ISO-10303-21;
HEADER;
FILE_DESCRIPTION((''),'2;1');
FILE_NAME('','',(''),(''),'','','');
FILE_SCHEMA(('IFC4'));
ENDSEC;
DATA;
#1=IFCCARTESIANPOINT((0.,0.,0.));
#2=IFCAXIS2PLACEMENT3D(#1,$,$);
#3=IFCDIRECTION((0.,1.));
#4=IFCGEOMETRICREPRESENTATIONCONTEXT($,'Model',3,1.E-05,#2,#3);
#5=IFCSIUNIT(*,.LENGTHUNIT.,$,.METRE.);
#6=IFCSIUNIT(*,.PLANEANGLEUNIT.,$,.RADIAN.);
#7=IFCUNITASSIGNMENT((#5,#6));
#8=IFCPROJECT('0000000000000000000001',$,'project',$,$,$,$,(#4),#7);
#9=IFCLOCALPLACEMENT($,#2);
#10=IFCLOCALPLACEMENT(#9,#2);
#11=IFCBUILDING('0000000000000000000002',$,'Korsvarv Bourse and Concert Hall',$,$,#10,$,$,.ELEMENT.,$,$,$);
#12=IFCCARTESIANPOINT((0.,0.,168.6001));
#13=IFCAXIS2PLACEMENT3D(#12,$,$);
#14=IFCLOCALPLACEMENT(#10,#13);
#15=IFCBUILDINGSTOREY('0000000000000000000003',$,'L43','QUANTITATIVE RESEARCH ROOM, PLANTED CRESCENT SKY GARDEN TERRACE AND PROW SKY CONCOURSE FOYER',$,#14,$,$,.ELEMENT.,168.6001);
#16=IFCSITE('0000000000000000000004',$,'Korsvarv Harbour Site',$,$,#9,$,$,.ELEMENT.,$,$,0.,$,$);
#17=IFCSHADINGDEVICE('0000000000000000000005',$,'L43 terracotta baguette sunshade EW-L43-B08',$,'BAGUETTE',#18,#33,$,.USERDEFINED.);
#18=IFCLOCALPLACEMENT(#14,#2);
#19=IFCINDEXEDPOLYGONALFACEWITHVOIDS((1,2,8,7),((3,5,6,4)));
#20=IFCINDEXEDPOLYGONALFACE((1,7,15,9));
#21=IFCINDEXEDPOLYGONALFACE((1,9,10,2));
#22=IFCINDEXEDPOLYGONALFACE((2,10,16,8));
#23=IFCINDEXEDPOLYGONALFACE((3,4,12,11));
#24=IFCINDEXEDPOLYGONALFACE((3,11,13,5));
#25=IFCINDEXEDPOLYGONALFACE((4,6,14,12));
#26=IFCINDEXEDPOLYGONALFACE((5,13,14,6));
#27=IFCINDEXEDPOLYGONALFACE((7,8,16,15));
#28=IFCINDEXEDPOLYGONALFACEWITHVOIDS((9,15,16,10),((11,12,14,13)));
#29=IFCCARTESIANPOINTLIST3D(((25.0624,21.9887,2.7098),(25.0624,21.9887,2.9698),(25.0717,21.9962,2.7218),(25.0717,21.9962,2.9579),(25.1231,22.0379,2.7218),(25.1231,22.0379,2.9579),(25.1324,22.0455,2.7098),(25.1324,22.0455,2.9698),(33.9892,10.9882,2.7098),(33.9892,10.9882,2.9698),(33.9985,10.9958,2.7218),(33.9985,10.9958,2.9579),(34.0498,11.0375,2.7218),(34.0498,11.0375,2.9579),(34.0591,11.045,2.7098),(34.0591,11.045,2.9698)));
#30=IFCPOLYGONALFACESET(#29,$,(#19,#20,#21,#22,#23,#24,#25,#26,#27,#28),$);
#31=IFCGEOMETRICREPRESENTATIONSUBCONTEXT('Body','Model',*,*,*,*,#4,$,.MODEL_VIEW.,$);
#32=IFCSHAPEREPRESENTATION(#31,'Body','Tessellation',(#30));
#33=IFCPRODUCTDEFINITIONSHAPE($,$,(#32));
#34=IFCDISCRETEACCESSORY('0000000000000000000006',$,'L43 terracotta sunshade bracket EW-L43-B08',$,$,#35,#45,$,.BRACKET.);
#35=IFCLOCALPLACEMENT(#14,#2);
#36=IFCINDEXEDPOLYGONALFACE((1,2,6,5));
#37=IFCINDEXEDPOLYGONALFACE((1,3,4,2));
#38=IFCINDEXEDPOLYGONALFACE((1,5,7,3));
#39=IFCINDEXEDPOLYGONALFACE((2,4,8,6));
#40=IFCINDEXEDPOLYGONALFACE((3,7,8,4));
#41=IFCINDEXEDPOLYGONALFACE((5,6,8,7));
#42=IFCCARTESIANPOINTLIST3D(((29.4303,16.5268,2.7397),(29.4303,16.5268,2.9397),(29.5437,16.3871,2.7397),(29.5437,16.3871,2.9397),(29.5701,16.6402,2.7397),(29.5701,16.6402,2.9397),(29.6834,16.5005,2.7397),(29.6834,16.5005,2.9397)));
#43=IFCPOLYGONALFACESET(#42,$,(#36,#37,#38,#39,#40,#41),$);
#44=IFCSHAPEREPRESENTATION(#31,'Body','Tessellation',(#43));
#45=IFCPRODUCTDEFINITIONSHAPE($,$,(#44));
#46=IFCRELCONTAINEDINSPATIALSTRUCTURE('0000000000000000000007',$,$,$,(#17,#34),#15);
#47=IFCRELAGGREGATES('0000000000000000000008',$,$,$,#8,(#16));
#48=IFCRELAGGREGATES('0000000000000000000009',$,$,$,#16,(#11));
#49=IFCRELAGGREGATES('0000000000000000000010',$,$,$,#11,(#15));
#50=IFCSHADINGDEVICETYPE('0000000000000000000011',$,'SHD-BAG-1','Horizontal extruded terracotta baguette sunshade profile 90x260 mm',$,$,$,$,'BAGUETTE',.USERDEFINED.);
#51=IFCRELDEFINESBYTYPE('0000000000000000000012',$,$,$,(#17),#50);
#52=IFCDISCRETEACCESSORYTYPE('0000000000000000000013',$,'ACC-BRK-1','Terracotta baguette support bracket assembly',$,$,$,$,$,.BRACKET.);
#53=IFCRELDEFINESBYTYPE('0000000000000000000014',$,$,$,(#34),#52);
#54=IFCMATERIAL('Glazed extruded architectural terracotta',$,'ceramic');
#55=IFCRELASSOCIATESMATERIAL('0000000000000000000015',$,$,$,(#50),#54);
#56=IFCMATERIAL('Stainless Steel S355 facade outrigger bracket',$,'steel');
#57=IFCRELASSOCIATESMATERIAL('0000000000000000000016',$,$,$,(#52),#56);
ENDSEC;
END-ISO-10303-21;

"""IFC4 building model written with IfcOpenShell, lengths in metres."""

from ifc_helpers import new_model, si_unit, direction, frame, origin, origin_2d, place, context, subcontext, project, spatial, rectangle, hollow_rectangle, extrude, source, transform, mapped, material, material_profile, profile_set, type_object, element, save


model = new_model("IFC4")

# Units and contexts
model_context = context("Model", 3, precision=1e-05, world=origin(), true_north=direction((0.0, 1.0)))
body_context = subcontext(model_context, "Body", "Model", "MODEL_VIEW")
ifc_project = project(units=[si_unit("LENGTHUNIT", "METRE"), si_unit("PLANEANGLEUNIT", "RADIAN")], contexts=[model_context])

# Site, building, storey
site_placement = place(None, origin())
site = spatial("IfcSite", under=ifc_project, at=site_placement, Name="Korsvarv Harbour Site", CompositionType="ELEMENT", RefElevation=0.0)
building_placement = place(site_placement, origin())
building = spatial("IfcBuilding", under=site, at=building_placement, Name="Korsvarv Bourse and Concert Hall", CompositionType="ELEMENT")
storey_placement = place(building_placement, frame((0.0, 0.0, 168.6001)))
storey = spatial("IfcBuildingStorey", under=building, at=storey_placement, Name="L43", Description="QUANTITATIVE RESEARCH ROOM, PLANTED CRESCENT SKY GARDEN TERRACE AND PROW SKY CONCOURSE FOYER", CompositionType="ELEMENT", Elevation=168.6001)

# Shading device
ifc_material_1 = material(Name="Glazed extruded architectural terracotta", Category="ceramic")
ifc_material_profile_1 = material_profile(ifc_material_1, hollow_rectangle(XDim=0.0901, YDim=0.26, WallThickness=0.012, at=origin_2d()), Name="TC-BAG 90x260")
ifc_profile_set_1 = profile_set([ifc_material_profile_1], Name="Glazed extruded architectural terracotta")
shading_device_type = type_object("IfcShadingDeviceType", Name="SHD-BAG-1", Description="Horizontal extruded terracotta baguette sunshade profile 90x260 mm", ElementType="BAGUETTE", PredefinedType="USERDEFINED", material=ifc_profile_set_1)
shared_shape_1 = source(origin(), body_context, "Body", "SweptSolid", [
    extrude(hollow_rectangle(XDim=0.0901, YDim=0.26, WallThickness=0.012, at=origin_2d()), origin(), (0.0, 0.0, 1.0), 14.1667),
])
shading_device_placement = place(storey_placement, frame((25.0974, 22.0171, 2.8398), z_axis=(0.630119, -0.776499, 0.0), x_axis=(0.776499, 0.630119, 0.0)))
element("IfcShadingDevice", 1, at=shading_device_placement, inside=storey, type_object=shading_device_type, Name="L43 terracotta baguette sunshade EW-L43-B08", ObjectType="BAGUETTE", PredefinedType="USERDEFINED", context=body_context, shape_type="MappedRepresentation", body=[
    mapped(shared_shape_1, transform((0.0, 0.0, 0.0), scale=1.0)),
])

# Discrete accessory
ifc_material_2 = material(Name="Stainless Steel S355 facade outrigger bracket", Category="steel")
discrete_accessory_type = type_object("IfcDiscreteAccessoryType", Name="ACC-BRK-1", Description="Terracotta baguette support bracket assembly", PredefinedType="BRACKET", material=ifc_material_2)
shared_shape_2 = source(origin(), body_context, "Body", "SweptSolid", [
    extrude(rectangle(XDim=0.1799, YDim=0.1799, at=origin_2d()), origin(), (0.0, 0.0, 1.0), 0.2),
])
discrete_accessory_placement = place(storey_placement, frame((29.5569, 16.5137, 2.7397), z_axis=(0.0, 0.0, 1.0), x_axis=(0.630134, -0.776487, 0.0)))
element("IfcDiscreteAccessory", 2, at=discrete_accessory_placement, inside=storey, type_object=discrete_accessory_type, Name="L43 terracotta sunshade bracket EW-L43-B08", PredefinedType="BRACKET", context=body_context, shape_type="MappedRepresentation", body=[
    mapped(shared_shape_2, transform((0.0, 0.0, 0.0), scale=1.0)),
])

save(model, "model.ifc")
